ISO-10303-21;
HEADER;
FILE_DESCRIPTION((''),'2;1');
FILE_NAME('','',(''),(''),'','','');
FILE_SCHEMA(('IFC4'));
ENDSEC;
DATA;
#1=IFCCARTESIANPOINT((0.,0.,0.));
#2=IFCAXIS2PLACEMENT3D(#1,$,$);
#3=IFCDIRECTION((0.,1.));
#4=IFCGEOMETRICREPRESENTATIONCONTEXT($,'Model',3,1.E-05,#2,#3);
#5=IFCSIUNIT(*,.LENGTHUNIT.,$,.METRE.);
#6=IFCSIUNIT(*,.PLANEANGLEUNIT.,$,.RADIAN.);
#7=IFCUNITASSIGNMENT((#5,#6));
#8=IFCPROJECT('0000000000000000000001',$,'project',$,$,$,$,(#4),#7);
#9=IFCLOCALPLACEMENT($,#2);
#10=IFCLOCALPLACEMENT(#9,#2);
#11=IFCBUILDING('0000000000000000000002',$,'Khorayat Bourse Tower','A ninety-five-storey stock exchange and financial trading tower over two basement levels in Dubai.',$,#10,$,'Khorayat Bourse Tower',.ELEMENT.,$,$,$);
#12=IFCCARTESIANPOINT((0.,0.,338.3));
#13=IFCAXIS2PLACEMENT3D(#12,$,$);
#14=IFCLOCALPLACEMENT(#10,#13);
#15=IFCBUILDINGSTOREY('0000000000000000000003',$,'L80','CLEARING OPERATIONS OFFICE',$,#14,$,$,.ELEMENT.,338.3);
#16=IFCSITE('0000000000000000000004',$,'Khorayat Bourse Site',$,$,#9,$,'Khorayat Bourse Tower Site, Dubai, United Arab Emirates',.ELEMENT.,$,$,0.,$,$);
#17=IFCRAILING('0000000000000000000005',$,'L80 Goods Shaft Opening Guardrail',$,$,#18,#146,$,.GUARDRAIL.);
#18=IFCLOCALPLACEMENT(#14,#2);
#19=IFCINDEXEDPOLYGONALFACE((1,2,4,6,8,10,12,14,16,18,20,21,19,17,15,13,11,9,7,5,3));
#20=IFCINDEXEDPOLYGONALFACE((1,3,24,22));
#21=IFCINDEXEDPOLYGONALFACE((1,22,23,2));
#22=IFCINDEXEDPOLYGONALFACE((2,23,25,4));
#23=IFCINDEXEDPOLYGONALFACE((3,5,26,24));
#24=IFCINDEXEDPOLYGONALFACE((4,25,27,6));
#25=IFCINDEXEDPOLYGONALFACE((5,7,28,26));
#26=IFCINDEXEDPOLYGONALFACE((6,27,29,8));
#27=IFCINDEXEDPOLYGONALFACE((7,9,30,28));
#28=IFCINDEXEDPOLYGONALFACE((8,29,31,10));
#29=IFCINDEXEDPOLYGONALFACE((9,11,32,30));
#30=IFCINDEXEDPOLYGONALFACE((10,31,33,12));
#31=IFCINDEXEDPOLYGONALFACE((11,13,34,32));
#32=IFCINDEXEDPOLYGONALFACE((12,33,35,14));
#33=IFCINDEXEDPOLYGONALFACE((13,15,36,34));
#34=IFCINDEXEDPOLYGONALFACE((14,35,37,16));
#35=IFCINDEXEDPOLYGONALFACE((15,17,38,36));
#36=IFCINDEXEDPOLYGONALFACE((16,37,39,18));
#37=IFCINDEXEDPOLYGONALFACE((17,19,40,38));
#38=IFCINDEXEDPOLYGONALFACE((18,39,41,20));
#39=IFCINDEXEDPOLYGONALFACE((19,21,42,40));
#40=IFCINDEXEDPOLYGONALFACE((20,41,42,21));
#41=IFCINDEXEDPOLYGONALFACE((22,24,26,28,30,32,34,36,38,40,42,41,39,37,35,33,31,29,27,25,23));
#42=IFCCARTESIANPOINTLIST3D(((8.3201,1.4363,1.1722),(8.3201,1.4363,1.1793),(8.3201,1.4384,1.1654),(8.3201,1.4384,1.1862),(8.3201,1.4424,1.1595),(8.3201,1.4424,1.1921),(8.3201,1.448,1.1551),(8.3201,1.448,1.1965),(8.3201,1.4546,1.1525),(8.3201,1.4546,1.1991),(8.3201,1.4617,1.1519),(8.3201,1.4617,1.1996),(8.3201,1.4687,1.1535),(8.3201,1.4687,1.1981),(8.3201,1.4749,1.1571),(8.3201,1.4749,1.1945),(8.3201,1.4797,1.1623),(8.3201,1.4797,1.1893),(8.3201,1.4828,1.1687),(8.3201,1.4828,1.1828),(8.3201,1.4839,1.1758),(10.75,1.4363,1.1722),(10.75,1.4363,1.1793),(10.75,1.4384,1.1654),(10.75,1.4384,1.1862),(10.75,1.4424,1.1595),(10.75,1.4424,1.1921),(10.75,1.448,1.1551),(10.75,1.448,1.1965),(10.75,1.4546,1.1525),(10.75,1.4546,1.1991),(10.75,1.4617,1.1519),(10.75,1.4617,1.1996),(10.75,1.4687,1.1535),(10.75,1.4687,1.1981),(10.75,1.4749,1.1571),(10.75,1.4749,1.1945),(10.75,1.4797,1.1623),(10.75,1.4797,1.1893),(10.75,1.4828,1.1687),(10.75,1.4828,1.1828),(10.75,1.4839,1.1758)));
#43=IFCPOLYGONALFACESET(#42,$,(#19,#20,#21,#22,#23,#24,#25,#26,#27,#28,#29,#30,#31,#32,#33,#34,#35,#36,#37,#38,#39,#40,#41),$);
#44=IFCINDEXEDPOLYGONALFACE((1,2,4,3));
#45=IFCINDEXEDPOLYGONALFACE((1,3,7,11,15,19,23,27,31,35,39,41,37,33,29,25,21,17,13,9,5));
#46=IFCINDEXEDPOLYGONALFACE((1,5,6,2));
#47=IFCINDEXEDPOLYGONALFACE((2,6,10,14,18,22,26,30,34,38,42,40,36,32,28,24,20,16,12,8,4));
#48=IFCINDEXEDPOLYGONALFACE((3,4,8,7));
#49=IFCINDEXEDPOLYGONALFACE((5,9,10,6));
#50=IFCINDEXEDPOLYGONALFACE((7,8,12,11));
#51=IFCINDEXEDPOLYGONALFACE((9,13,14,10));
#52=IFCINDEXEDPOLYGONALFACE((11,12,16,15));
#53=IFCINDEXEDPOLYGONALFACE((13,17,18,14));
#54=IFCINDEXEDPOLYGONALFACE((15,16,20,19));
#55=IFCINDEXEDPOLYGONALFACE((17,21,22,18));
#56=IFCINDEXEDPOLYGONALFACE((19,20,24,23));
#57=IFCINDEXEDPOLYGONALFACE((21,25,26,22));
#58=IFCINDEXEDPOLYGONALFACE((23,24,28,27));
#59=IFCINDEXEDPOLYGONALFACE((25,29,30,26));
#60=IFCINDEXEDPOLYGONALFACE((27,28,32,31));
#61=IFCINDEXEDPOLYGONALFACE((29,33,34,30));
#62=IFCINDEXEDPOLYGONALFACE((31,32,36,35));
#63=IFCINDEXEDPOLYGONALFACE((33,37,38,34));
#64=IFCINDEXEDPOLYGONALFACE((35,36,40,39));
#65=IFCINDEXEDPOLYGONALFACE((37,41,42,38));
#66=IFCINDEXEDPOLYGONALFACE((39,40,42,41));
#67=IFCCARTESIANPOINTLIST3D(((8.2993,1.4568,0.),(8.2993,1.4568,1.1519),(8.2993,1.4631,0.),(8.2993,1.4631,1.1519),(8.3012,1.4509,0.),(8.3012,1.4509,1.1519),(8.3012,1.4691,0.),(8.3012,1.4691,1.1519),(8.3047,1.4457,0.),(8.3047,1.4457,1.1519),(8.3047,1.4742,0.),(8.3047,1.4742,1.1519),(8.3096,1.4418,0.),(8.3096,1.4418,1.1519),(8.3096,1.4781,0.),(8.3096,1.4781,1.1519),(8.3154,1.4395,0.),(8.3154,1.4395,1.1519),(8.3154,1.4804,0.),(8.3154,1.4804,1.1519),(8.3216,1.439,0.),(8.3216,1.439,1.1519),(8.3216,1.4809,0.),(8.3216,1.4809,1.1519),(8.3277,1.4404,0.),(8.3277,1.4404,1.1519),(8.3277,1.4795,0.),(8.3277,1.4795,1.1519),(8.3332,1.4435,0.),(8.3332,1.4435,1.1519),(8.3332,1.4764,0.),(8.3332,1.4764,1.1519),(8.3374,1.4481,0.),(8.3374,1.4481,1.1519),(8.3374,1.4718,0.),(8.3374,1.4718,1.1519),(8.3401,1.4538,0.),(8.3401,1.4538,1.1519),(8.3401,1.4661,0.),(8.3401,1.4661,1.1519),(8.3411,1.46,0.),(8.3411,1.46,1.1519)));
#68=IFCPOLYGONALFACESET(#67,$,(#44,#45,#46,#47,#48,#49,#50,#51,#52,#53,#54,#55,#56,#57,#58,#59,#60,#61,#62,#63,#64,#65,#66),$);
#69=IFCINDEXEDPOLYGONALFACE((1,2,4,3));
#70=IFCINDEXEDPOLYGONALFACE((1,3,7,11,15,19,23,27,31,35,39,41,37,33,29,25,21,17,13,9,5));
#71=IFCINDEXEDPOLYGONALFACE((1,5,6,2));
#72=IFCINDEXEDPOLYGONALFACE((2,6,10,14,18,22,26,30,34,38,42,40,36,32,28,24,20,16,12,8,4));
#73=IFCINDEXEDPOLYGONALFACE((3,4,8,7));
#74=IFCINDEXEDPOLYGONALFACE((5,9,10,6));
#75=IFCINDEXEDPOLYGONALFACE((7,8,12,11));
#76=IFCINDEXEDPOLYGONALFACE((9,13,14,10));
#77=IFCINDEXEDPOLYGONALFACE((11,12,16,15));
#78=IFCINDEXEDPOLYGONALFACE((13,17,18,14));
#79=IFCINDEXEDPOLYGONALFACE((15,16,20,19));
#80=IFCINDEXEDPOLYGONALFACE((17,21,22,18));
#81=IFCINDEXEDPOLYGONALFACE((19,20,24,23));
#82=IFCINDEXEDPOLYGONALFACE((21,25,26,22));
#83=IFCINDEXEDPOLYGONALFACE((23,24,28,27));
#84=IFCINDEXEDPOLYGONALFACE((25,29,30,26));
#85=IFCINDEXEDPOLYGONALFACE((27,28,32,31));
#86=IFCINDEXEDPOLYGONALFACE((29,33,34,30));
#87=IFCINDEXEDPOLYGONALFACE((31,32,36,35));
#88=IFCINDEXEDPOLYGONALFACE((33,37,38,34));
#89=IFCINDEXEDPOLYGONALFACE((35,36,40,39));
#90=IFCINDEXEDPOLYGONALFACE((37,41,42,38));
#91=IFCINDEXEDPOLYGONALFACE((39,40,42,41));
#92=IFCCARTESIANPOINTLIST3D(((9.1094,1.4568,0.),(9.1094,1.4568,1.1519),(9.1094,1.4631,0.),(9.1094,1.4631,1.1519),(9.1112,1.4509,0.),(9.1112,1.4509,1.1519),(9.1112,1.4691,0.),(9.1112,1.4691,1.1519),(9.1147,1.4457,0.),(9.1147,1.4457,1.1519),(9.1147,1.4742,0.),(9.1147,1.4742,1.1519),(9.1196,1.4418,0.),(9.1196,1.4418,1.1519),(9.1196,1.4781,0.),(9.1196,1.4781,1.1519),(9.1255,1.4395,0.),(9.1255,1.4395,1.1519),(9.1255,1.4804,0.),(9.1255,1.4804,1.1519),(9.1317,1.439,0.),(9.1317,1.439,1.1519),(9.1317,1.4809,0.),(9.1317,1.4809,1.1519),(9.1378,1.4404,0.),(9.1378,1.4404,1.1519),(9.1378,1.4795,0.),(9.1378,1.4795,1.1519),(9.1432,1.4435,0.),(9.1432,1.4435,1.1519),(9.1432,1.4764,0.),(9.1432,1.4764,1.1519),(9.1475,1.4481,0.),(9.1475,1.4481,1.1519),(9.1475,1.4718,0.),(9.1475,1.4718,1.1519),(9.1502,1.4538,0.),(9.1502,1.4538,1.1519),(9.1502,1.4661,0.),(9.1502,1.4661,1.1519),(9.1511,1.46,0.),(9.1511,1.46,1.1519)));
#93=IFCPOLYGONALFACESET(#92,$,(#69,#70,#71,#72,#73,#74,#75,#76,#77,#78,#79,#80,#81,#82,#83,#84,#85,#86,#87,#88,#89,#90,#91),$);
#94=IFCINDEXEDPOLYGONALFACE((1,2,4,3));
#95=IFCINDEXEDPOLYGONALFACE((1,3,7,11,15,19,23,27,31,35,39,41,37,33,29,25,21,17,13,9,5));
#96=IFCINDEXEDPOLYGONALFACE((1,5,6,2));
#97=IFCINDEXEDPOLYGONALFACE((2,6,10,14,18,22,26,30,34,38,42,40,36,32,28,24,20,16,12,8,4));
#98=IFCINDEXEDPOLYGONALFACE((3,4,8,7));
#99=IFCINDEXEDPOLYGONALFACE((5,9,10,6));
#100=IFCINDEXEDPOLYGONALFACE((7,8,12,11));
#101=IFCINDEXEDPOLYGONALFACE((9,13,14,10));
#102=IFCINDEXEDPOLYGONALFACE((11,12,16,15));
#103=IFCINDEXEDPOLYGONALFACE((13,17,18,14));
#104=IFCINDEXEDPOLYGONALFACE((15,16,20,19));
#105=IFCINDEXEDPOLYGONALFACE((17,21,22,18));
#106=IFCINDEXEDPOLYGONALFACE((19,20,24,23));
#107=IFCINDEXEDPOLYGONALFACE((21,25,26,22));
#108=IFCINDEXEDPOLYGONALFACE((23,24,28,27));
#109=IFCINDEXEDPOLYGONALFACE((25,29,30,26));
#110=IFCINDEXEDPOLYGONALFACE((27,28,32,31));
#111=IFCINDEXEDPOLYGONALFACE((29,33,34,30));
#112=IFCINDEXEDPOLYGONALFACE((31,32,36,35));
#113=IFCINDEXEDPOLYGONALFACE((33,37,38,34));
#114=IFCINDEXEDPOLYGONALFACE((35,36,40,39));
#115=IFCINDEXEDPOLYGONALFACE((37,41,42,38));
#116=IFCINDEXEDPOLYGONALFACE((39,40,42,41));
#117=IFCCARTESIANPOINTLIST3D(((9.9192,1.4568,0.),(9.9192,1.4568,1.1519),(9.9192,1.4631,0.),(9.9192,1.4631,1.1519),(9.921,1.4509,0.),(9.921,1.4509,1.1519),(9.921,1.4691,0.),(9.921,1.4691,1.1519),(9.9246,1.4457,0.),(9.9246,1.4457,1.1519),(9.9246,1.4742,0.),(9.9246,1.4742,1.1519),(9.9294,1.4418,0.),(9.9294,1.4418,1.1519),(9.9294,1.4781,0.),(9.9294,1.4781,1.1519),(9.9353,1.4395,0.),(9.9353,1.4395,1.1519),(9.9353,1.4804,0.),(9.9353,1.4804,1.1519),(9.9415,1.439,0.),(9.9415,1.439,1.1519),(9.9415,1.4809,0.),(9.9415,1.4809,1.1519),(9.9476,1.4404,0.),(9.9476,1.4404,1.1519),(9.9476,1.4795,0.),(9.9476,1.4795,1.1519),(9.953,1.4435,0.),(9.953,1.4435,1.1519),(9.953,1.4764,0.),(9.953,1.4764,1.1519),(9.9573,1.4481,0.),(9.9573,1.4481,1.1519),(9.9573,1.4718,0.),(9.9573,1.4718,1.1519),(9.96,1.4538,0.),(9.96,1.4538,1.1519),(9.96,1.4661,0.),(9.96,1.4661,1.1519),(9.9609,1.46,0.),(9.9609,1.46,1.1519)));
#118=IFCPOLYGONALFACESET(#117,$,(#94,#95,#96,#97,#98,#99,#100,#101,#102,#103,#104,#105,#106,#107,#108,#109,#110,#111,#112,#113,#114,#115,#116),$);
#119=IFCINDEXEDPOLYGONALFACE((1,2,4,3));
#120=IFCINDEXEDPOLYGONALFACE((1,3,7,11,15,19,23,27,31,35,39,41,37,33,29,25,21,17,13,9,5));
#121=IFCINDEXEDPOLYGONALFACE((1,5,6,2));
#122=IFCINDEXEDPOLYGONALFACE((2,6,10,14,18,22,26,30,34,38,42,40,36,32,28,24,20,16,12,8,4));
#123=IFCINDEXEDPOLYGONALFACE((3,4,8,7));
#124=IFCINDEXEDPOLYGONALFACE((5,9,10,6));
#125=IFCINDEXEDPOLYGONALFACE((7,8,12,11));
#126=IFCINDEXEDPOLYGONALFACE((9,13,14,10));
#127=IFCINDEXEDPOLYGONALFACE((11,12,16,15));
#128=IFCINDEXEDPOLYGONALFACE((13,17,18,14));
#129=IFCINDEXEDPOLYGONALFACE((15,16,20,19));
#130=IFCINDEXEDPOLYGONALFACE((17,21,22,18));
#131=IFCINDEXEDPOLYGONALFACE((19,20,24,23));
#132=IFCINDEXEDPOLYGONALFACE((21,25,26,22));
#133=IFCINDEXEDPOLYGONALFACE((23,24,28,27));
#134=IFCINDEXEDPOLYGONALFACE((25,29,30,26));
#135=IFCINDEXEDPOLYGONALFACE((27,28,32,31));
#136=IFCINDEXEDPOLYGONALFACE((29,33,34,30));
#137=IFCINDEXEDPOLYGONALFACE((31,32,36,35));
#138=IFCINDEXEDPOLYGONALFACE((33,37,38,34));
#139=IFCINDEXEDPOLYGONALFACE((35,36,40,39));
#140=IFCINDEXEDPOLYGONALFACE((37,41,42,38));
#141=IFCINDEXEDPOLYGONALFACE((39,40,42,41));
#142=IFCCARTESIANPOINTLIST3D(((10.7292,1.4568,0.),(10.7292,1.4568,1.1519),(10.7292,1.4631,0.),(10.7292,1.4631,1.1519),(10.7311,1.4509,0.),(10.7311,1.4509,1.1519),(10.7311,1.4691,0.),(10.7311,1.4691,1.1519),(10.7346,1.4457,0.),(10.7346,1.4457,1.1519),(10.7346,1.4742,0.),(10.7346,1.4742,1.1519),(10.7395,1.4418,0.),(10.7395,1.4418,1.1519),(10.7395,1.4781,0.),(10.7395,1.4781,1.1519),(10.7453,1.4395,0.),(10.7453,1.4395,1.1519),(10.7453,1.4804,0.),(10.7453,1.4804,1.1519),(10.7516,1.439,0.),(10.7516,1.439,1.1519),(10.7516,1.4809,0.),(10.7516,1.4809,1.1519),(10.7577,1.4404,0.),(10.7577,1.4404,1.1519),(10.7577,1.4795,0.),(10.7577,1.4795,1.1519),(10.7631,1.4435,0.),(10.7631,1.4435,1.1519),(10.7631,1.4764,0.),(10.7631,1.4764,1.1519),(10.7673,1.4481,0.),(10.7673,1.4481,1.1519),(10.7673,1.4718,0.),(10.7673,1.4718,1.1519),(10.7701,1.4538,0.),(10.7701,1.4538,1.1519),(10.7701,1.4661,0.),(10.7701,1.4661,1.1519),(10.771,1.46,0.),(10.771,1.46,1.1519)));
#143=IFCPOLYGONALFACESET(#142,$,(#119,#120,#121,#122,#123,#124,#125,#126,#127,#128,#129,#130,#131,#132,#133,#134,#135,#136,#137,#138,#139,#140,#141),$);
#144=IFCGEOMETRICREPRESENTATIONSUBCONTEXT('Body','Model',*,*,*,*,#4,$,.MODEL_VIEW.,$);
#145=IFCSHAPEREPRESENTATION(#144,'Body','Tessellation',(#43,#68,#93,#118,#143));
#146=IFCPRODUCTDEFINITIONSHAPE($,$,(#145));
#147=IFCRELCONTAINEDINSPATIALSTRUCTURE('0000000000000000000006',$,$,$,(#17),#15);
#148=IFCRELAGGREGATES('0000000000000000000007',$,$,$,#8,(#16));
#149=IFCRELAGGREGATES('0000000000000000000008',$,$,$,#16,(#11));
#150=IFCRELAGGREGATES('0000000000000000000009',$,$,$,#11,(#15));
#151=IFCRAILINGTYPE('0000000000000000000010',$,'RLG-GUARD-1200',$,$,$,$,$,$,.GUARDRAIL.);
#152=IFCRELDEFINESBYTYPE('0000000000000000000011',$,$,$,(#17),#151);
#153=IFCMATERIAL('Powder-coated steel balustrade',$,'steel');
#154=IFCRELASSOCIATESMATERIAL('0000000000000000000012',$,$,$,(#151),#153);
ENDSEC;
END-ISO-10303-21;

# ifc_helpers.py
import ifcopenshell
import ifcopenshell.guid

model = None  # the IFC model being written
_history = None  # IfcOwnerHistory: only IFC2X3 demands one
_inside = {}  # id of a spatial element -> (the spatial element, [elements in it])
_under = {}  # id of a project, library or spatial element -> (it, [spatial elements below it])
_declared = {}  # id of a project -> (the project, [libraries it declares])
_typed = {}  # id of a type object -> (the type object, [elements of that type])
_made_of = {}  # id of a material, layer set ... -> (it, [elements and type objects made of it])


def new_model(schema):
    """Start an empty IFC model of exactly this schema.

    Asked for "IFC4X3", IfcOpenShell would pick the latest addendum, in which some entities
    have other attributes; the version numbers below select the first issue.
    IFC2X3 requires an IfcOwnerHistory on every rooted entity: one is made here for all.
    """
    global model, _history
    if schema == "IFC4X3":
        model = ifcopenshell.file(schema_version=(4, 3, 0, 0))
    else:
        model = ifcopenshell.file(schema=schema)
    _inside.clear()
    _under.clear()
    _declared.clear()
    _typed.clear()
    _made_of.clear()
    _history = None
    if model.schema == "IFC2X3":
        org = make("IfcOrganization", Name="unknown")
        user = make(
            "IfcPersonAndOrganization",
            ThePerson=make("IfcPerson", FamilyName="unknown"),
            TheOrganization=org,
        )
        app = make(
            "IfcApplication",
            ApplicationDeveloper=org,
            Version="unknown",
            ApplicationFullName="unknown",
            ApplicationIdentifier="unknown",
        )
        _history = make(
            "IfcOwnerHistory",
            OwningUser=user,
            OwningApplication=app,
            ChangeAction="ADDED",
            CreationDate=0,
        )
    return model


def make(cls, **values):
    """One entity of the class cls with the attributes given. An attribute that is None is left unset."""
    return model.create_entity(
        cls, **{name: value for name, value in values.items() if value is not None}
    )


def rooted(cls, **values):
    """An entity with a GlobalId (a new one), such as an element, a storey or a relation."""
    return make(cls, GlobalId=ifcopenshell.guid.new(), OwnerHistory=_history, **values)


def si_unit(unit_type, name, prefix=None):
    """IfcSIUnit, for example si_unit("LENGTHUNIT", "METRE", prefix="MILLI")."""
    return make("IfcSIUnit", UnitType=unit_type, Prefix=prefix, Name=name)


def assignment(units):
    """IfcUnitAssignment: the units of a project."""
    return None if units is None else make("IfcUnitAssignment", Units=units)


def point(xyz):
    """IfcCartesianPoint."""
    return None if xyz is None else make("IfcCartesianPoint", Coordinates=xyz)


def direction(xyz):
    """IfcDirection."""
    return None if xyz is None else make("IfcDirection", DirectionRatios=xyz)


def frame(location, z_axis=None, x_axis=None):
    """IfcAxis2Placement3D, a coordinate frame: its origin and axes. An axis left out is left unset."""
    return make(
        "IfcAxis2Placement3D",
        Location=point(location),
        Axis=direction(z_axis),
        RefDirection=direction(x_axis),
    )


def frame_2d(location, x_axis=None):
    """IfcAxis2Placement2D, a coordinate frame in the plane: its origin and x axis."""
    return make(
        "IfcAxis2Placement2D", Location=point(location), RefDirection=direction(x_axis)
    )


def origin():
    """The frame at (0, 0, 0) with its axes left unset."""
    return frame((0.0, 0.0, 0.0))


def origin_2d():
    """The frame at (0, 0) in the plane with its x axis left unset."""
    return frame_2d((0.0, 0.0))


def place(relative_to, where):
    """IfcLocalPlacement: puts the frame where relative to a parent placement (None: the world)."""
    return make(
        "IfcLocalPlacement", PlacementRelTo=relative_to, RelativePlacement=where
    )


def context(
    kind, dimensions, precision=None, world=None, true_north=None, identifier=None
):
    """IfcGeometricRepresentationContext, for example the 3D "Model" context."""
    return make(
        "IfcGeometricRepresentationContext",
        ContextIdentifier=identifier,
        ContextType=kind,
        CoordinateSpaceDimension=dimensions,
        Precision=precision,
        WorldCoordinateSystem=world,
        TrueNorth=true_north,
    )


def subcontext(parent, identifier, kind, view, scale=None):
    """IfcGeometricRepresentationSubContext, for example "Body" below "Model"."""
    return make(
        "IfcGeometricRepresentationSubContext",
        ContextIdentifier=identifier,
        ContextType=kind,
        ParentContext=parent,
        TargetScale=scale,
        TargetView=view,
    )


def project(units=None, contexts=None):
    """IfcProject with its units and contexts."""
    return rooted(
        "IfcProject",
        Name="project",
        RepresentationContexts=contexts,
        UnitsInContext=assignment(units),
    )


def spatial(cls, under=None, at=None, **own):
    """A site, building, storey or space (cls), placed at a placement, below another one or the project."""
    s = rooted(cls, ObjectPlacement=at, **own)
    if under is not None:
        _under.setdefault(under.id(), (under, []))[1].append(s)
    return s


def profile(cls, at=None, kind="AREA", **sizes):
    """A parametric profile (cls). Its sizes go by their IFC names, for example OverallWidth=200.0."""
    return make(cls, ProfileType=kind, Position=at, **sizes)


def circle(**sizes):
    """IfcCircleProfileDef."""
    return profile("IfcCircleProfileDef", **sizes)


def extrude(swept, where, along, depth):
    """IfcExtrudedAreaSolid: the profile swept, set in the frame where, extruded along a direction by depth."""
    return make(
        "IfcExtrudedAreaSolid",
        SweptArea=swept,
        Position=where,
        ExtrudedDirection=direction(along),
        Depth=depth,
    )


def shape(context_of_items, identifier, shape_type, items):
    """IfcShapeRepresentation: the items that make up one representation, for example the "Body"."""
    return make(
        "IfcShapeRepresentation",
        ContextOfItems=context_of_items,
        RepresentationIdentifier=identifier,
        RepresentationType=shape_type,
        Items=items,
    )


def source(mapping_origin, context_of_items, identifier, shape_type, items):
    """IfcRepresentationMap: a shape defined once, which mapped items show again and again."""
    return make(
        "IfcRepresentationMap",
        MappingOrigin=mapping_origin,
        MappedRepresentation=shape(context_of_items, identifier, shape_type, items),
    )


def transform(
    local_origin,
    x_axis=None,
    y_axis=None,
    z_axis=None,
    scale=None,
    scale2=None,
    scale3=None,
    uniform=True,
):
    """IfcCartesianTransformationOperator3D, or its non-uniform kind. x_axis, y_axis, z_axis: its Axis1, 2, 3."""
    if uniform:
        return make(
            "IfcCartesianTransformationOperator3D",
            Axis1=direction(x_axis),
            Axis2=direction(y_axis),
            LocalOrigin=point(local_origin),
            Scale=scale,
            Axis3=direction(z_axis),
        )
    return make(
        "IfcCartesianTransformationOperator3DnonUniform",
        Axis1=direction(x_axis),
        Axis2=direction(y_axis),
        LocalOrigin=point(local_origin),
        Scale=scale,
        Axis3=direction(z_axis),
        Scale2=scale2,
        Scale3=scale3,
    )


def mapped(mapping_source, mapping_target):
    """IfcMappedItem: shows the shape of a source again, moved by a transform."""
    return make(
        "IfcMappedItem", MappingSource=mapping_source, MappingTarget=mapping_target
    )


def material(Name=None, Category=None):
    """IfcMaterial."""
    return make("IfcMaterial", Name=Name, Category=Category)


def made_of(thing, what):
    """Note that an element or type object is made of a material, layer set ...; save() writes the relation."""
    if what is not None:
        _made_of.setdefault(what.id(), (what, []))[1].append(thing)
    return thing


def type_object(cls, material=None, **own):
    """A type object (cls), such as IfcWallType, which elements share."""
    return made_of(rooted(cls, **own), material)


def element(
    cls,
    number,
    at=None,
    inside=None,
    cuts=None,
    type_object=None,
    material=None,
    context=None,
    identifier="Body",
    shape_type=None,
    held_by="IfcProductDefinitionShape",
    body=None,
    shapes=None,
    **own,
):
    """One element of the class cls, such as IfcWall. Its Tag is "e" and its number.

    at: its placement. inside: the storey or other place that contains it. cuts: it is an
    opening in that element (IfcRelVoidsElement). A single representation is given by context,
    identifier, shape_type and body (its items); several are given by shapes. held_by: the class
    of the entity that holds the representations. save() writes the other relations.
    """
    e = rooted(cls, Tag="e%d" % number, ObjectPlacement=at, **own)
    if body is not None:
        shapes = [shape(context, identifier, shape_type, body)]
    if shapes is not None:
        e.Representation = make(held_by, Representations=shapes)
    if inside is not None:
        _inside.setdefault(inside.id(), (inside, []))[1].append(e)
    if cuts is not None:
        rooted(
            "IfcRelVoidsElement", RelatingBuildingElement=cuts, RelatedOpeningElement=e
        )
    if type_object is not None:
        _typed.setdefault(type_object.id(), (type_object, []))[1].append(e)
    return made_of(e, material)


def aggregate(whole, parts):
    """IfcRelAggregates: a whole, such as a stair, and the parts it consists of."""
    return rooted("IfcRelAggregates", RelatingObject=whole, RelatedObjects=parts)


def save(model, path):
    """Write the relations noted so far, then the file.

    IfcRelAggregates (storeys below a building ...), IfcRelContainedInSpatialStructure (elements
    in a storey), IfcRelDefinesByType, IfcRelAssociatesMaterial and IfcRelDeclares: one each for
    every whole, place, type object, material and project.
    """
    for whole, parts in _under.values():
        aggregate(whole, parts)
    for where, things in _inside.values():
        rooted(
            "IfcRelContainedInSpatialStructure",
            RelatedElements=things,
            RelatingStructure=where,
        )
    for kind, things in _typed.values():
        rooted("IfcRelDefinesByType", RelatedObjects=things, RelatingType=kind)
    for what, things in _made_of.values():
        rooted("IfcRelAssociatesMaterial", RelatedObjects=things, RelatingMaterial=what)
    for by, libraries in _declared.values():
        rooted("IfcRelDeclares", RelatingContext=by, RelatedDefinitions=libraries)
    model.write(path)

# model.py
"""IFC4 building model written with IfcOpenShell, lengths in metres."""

from ifc_helpers import new_model, si_unit, direction, frame, origin, origin_2d, place, context, subcontext, project, spatial, circle, extrude, source, transform, mapped, material, type_object, element, save


model = new_model("IFC4")

# Units and contexts
model_context = context("Model", 3, precision=1e-05, world=origin(), true_north=direction((0.0, 1.0)))
body_context = subcontext(model_context, "Body", "Model", "MODEL_VIEW")
ifc_project = project(units=[si_unit("LENGTHUNIT", "METRE"), si_unit("PLANEANGLEUNIT", "RADIAN")], contexts=[model_context])

# Site, building, storey
site_placement = place(None, origin())
site = spatial("IfcSite", under=ifc_project, at=site_placement, Name="Khorayat Bourse Site", LongName="Khorayat Bourse Tower Site, Dubai, United Arab Emirates", CompositionType="ELEMENT", RefElevation=0.0)
building_placement = place(site_placement, origin())
building = spatial("IfcBuilding", under=site, at=building_placement, Name="Khorayat Bourse Tower", Description="A ninety-five-storey stock exchange and financial trading tower over two basement levels in Dubai.", LongName="Khorayat Bourse Tower", CompositionType="ELEMENT")
storey_placement = place(building_placement, frame((0.0, 0.0, 338.3)))
storey = spatial("IfcBuildingStorey", under=building, at=storey_placement, Name="L80", Description="CLEARING OPERATIONS OFFICE", CompositionType="ELEMENT", Elevation=338.3)

# Railing
ifc_material_1 = material(Name="Powder-coated steel balustrade", Category="steel")
railing_type = type_object("IfcRailingType", Name="RLG-GUARD-1200", PredefinedType="GUARDRAIL", material=ifc_material_1)
shared_shape_1 = source(origin(), body_context, "Body", "SweptSolid", [
    extrude(circle(Radius=0.0239, at=origin_2d()), frame((0.0, 0.0, 1.1758), z_axis=(1.0, 0.0, 0.0), x_axis=(0.0, 1.0, 0.0)), (0.0, 0.0, 1.0), 2.4299),
    extrude(circle(Radius=0.021, at=origin_2d()), origin(), (0.0, 0.0, 1.0), 1.1519),
    extrude(circle(Radius=0.021, at=origin_2d()), frame((0.8101, 0.0, 0.0)), (0.0, 0.0, 1.0), 1.1519),
    extrude(circle(Radius=0.021, at=origin_2d()), frame((1.6199, 0.0, 0.0)), (0.0, 0.0, 1.0), 1.1519),
    extrude(circle(Radius=0.021, at=origin_2d()), frame((2.4299, 0.0, 0.0)), (0.0, 0.0, 1.0), 1.1519),
])
railing_placement = place(storey_placement, frame((8.3201, 1.46, 0.0)))
element("IfcRailing", 1, at=railing_placement, inside=storey, type_object=railing_type, Name="L80 Goods Shaft Opening Guardrail", PredefinedType="GUARDRAIL", context=body_context, shape_type="MappedRepresentation", body=[
    mapped(shared_shape_1, transform((0.0, 0.0, 0.0), scale=1.0)),
])

save(model, "model.ifc")
